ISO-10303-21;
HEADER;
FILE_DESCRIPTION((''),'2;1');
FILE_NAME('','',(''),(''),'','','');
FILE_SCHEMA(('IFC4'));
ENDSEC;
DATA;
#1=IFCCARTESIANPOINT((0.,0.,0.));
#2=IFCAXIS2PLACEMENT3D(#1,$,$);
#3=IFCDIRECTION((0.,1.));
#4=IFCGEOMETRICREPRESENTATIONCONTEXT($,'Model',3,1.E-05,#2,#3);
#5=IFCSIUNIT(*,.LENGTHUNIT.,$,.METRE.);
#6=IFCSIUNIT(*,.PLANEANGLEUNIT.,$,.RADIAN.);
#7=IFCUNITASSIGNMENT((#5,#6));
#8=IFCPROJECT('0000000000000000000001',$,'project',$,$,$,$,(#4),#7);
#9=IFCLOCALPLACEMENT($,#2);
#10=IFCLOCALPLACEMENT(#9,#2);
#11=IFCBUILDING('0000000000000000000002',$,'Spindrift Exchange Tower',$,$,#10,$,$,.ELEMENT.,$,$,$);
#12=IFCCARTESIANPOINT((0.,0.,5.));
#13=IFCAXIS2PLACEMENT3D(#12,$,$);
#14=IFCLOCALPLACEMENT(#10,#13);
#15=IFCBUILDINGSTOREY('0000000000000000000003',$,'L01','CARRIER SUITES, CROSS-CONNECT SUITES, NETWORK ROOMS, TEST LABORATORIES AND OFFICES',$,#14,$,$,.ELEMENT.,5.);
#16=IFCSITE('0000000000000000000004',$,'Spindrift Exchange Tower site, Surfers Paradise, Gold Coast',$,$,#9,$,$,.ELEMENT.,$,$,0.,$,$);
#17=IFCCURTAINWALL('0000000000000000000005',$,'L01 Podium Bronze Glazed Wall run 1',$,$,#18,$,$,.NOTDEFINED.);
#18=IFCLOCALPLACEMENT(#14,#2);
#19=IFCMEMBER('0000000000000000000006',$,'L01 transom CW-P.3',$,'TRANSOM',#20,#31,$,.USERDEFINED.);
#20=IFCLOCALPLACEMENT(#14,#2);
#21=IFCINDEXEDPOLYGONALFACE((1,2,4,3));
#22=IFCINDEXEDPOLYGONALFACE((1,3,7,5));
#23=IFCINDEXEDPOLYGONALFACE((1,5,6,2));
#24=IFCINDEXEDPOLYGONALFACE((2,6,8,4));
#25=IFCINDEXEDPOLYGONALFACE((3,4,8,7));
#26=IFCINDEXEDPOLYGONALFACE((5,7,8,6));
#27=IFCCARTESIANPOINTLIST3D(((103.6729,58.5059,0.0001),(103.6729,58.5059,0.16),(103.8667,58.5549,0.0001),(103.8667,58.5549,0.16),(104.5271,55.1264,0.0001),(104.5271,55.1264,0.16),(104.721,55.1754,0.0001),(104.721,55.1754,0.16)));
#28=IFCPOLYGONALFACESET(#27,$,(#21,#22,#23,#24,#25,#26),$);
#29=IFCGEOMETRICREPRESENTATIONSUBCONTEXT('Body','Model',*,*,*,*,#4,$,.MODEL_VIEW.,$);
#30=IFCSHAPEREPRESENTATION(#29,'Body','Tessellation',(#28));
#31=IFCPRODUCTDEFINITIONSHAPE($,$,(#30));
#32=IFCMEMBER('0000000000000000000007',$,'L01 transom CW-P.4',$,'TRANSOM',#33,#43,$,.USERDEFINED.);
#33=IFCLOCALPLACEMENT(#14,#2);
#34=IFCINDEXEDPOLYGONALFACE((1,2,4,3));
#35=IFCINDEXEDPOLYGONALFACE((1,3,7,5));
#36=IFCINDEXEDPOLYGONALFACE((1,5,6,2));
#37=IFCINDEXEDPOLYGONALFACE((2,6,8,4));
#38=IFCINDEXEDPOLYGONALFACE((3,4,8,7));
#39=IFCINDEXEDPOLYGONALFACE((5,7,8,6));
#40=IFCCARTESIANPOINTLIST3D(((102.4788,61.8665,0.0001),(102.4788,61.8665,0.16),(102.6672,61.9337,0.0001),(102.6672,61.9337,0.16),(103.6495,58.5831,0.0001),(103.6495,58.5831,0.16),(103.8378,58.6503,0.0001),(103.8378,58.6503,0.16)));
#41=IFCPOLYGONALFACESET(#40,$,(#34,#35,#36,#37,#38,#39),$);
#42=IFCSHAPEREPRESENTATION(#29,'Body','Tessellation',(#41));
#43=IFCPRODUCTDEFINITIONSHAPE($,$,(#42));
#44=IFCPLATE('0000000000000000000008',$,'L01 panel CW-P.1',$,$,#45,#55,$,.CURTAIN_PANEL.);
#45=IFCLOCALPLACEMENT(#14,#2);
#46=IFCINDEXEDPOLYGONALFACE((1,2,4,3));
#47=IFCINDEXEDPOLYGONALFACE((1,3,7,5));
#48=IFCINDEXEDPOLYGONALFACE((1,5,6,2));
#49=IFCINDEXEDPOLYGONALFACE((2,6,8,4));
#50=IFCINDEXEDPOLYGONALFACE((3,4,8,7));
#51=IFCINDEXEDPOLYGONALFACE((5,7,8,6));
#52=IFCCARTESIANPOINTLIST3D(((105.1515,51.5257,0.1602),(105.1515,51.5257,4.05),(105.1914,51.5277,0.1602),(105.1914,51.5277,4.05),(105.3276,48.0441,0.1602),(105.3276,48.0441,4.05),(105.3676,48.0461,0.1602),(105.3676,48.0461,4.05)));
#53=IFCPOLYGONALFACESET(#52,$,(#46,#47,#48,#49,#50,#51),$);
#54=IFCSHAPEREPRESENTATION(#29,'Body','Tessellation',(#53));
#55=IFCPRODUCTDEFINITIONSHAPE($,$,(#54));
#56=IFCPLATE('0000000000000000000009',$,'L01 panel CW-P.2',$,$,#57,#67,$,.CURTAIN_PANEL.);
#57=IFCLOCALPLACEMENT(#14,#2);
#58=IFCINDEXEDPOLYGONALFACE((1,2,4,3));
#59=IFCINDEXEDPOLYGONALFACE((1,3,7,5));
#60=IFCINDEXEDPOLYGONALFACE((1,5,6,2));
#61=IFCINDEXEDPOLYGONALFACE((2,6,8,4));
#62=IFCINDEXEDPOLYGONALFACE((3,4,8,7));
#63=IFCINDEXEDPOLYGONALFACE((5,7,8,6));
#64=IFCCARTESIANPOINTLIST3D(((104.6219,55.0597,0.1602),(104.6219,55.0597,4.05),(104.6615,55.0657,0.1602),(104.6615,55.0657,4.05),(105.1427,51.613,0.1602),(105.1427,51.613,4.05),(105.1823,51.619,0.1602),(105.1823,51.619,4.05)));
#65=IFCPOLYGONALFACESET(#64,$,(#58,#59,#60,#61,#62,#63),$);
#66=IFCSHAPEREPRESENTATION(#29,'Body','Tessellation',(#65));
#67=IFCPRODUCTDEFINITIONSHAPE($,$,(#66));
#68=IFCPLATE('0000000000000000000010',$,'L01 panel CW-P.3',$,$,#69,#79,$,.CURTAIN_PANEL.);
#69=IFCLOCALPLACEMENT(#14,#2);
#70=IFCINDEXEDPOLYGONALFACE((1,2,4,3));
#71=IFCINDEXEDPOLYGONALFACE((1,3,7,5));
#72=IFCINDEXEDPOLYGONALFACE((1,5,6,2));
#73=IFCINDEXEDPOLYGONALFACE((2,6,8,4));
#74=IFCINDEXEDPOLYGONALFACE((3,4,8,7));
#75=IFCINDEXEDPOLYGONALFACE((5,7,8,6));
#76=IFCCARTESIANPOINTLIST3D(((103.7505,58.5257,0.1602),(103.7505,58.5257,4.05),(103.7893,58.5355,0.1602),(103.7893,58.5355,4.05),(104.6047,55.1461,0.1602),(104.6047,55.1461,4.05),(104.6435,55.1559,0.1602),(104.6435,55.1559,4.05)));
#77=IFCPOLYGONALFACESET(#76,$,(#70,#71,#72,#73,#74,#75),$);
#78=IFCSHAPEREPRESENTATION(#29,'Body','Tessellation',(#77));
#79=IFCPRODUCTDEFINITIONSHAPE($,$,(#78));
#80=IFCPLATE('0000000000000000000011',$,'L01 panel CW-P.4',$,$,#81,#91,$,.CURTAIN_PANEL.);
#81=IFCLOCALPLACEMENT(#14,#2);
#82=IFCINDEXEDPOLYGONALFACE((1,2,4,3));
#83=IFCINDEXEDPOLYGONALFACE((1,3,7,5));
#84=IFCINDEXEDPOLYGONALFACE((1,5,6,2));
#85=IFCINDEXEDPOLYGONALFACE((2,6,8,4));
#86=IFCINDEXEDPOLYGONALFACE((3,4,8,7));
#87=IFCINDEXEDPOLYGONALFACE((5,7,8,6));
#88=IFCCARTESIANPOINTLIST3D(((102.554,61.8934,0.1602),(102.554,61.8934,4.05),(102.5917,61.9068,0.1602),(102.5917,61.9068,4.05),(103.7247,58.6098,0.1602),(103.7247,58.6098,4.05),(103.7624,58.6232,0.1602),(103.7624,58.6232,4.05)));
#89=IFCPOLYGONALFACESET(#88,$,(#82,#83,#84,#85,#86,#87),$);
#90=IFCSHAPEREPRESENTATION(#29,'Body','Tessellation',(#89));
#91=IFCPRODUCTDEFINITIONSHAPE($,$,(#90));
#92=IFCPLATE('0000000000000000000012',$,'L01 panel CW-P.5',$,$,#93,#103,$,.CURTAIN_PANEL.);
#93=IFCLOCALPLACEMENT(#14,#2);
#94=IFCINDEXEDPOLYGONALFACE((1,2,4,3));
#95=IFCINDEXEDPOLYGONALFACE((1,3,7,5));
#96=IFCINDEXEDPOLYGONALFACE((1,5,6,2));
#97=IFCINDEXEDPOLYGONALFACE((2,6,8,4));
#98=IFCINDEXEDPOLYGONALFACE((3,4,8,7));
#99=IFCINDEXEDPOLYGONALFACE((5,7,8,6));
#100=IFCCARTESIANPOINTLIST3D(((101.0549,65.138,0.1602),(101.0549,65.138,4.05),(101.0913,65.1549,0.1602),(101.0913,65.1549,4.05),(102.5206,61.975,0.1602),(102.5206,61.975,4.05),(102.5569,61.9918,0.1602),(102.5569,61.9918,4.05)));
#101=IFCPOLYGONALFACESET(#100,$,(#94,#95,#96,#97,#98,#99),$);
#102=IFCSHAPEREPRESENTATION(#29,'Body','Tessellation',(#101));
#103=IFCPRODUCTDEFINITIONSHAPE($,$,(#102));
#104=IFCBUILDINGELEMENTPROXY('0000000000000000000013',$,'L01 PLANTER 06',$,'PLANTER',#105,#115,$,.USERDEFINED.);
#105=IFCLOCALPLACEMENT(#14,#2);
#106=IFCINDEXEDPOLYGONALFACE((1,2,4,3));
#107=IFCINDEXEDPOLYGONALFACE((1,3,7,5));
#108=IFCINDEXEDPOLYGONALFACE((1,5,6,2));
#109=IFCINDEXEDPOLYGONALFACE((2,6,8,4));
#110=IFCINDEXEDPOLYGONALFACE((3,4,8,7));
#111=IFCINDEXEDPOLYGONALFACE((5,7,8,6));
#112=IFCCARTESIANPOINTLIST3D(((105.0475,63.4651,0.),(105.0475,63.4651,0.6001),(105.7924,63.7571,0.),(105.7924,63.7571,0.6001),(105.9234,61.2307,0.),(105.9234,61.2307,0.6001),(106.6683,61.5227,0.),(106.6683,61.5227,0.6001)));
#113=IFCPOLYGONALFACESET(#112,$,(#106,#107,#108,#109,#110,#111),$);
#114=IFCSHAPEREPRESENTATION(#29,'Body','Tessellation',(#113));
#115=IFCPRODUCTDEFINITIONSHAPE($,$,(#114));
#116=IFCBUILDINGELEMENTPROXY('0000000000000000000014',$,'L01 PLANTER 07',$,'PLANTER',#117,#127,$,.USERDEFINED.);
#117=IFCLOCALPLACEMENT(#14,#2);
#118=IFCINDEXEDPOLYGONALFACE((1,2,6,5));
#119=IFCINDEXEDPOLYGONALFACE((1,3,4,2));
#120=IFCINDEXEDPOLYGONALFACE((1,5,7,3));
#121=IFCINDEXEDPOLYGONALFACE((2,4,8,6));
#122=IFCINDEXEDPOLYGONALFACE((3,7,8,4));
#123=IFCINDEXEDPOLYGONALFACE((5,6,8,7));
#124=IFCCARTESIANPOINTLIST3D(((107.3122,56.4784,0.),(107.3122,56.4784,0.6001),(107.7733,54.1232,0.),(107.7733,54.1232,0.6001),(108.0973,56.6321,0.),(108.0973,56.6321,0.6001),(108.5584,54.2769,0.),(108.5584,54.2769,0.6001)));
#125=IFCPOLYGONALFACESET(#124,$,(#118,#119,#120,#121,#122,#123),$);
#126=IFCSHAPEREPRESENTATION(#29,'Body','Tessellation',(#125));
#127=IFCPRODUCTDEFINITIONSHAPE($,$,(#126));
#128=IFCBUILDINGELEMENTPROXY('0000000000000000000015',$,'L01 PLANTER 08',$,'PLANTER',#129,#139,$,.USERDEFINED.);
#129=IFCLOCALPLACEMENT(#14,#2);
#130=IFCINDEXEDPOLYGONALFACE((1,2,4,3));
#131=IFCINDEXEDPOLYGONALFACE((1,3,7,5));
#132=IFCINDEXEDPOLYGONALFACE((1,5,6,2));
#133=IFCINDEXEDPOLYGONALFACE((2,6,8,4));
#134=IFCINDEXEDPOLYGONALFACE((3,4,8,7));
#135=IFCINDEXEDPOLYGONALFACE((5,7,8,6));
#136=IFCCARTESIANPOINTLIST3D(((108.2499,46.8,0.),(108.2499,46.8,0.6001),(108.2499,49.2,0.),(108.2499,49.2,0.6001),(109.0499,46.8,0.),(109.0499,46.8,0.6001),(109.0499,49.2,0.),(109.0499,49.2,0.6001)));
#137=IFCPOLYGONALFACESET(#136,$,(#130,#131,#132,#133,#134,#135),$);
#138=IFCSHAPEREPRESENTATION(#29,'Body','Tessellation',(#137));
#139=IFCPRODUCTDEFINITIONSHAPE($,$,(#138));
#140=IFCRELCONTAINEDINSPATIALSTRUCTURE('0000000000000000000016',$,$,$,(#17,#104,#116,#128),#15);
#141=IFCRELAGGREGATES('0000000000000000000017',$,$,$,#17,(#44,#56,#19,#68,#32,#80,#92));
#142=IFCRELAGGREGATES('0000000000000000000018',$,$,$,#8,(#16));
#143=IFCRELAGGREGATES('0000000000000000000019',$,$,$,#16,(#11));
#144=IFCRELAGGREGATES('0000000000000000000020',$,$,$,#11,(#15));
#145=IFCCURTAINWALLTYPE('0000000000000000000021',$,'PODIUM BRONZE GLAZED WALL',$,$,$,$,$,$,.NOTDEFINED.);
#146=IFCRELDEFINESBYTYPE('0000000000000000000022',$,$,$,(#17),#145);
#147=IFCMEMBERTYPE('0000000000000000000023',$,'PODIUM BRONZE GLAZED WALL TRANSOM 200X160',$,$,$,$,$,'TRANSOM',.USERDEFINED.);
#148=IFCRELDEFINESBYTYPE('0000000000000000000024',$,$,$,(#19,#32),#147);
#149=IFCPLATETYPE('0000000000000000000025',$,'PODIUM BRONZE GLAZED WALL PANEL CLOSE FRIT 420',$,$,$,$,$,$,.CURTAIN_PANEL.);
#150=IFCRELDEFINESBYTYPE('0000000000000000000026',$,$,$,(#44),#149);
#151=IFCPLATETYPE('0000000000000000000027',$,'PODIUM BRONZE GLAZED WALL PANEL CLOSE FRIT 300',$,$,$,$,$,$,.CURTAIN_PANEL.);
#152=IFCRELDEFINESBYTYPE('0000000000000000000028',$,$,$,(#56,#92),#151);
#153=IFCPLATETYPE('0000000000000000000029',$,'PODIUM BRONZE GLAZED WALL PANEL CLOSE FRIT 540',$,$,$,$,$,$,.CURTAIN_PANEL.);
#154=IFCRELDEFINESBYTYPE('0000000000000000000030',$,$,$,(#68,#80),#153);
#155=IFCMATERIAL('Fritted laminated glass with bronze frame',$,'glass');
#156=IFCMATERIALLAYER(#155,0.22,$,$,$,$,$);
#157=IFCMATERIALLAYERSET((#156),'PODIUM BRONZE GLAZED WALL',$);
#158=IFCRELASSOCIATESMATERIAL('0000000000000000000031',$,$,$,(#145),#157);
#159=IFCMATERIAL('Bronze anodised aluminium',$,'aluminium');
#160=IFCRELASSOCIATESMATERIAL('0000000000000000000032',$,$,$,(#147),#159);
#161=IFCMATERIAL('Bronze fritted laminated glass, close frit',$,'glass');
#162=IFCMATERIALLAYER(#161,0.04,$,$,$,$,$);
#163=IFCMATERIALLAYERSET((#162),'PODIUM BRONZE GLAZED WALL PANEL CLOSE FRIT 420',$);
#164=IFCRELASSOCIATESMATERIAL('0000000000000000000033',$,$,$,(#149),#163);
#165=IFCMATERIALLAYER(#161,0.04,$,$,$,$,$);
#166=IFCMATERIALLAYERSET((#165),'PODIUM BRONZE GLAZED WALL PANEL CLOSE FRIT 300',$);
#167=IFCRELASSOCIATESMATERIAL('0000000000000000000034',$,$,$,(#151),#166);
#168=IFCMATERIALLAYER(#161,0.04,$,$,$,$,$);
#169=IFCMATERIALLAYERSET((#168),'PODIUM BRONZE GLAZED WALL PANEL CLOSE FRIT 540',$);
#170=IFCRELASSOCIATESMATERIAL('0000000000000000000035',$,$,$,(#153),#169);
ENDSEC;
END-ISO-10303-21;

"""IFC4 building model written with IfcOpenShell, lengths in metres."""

from ifc_helpers import new_model, si_unit, direction, frame, origin, origin_2d, place, context, subcontext, project, spatial, rectangle, extrude, source, transform, mapped, material, layer, layer_set, material_profile, profile_set, type_object, element, aggregate, save


model = new_model("IFC4")

# Units and contexts
model_context = context("Model", 3, precision=1e-05, world=origin(), true_north=direction((0.0, 1.0)))
body_context = subcontext(model_context, "Body", "Model", "MODEL_VIEW")
ifc_project = project(units=[si_unit("LENGTHUNIT", "METRE"), si_unit("PLANEANGLEUNIT", "RADIAN")], contexts=[model_context])

# Site, building, storey
site_placement = place(None, origin())
site = spatial("IfcSite", under=ifc_project, at=site_placement, Name="Spindrift Exchange Tower site, Surfers Paradise, Gold Coast", CompositionType="ELEMENT", RefElevation=0.0)
building_placement = place(site_placement, origin())
building = spatial("IfcBuilding", under=site, at=building_placement, Name="Spindrift Exchange Tower", CompositionType="ELEMENT")
storey_placement = place(building_placement, frame((0.0, 0.0, 5.0)))
storey = spatial("IfcBuildingStorey", under=building, at=storey_placement, Name="L01", Description="CARRIER SUITES, CROSS-CONNECT SUITES, NETWORK ROOMS, TEST LABORATORIES AND OFFICES", CompositionType="ELEMENT", Elevation=5.0)

# Curtain wall, members, plates
ifc_material_1 = material(Name="Fritted laminated glass with bronze frame", Category="glass")
ifc_layer_1 = layer(ifc_material_1, 0.22)
ifc_layer_set_1 = layer_set([ifc_layer_1], Name="PODIUM BRONZE GLAZED WALL")
curtain_wall_type = type_object("IfcCurtainWallType", Name="PODIUM BRONZE GLAZED WALL", PredefinedType="NOTDEFINED", material=ifc_layer_set_1)
curtain_wall_placement = place(storey_placement, origin())
curtain_wall = element("IfcCurtainWall", 1, at=curtain_wall_placement, inside=storey, type_object=curtain_wall_type, Name="L01 Podium Bronze Glazed Wall run 1", PredefinedType="NOTDEFINED")
ifc_material_2 = material(Name="Bronze anodised aluminium", Category="aluminium")
ifc_material_profile_1 = material_profile(ifc_material_2, rectangle(XDim=0.2, YDim=0.1599, at=origin_2d()), Name="PODIUM BRONZE GLAZED WALL TRANSOM 200X160")
ifc_profile_set_1 = profile_set([ifc_material_profile_1], Name="Bronze anodised aluminium")
member_type_1 = type_object("IfcMemberType", Name="PODIUM BRONZE GLAZED WALL TRANSOM 200X160", ElementType="TRANSOM", PredefinedType="USERDEFINED", material=ifc_profile_set_1)
shared_shape_1 = source(origin(), body_context, "Body", "SweptSolid", [
    extrude(rectangle(XDim=0.2, YDim=0.1599, at=origin_2d()), origin(), (0.0, 0.0, 1.0), 3.4858),
])
member_1_placement = place(storey_placement, frame((104.624, 55.1509, 0.0801), z_axis=(-0.245056, 0.969509, 0.0), x_axis=(-0.969509, -0.245056, 0.0)))
member_1 = element("IfcMember", 2, at=member_1_placement, type_object=member_type_1, Name="L01 transom CW-P.3", ObjectType="TRANSOM", PredefinedType="USERDEFINED", context=body_context, shape_type="MappedRepresentation", body=[
    mapped(shared_shape_1, transform((0.0, 0.0, 0.0), scale=1.0)),
])
member_2_placement = place(storey_placement, frame((103.7437, 58.6167, 0.0801), z_axis=(-0.335826, 0.941924, 0.0), x_axis=(-0.941924, -0.335826, 0.0)))
member_2 = element("IfcMember", 3, at=member_2_placement, type_object=member_type_1, Name="L01 transom CW-P.4", ObjectType="TRANSOM", PredefinedType="USERDEFINED", context=body_context, shape_type="MappedRepresentation", body=[
    mapped(shared_shape_1, transform((0.0, 0.0, 0.0), scale=1.0)),
])
ifc_material_3 = material(Name="Bronze fritted laminated glass, close frit", Category="glass")
ifc_layer_2 = layer(ifc_material_3, 0.04)
ifc_layer_set_2 = layer_set([ifc_layer_2], Name="PODIUM BRONZE GLAZED WALL PANEL CLOSE FRIT 420")
plate_type_1 = type_object("IfcPlateType", Name="PODIUM BRONZE GLAZED WALL PANEL CLOSE FRIT 420", PredefinedType="CURTAIN_PANEL", material=ifc_layer_set_2)
shared_shape_2 = source(origin(), body_context, "Body", "SweptSolid", [
    extrude(rectangle(XDim=3.4861, YDim=0.04, at=origin_2d()), origin(), (0.0, 0.0, 1.0), 3.8899),
])
plate_1_placement = place(storey_placement, frame((105.2595, 49.7859, 0.1602), z_axis=(0.0, 0.0, 1.0), x_axis=(-0.05053, 0.998723, 0.0)))
plate_1 = element("IfcPlate", 4, at=plate_1_placement, type_object=plate_type_1, Name="L01 panel CW-P.1", PredefinedType="CURTAIN_PANEL", context=body_context, shape_type="MappedRepresentation", body=[
    mapped(shared_shape_2, transform((0.0, 0.0, 0.0), scale=1.0)),
])
ifc_layer_3 = layer(ifc_material_3, 0.04)
ifc_layer_set_3 = layer_set([ifc_layer_3], Name="PODIUM BRONZE GLAZED WALL PANEL CLOSE FRIT 300")
plate_type_2 = type_object("IfcPlateType", Name="PODIUM BRONZE GLAZED WALL PANEL CLOSE FRIT 300", PredefinedType="CURTAIN_PANEL", material=ifc_layer_set_3)
shared_shape_3 = source(origin(), body_context, "Body", "SweptSolid", [
    extrude(rectangle(XDim=3.4858, YDim=0.04, at=origin_2d()), origin(), (0.0, 0.0, 1.0), 3.8899),
])
plate_2_placement = place(storey_placement, frame((104.9021, 53.3394, 0.1602), z_axis=(0.0, 0.0, 1.0), x_axis=(-0.149415, 0.988775, 0.0)))
plate_2 = element("IfcPlate", 5, at=plate_2_placement, type_object=plate_type_2, Name="L01 panel CW-P.2", PredefinedType="CURTAIN_PANEL", context=body_context, shape_type="MappedRepresentation", body=[
    mapped(shared_shape_3, transform((0.0, 0.0, 0.0), scale=1.0)),
])
ifc_layer_4 = layer(ifc_material_3, 0.04)
ifc_layer_set_4 = layer_set([ifc_layer_4], Name="PODIUM BRONZE GLAZED WALL PANEL CLOSE FRIT 540")
plate_type_3 = type_object("IfcPlateType", Name="PODIUM BRONZE GLAZED WALL PANEL CLOSE FRIT 540", PredefinedType="CURTAIN_PANEL", material=ifc_layer_set_4)
shared_shape_4 = source(origin(), body_context, "Body", "SweptSolid", [
    extrude(rectangle(XDim=3.4858, YDim=0.04, at=origin_2d()), origin(), (0.0, 0.0, 1.0), 3.8899),
])
plate_3_placement = place(storey_placement, frame((104.197, 56.8408, 0.1602), z_axis=(0.0, 0.0, 1.0), x_axis=(-0.245055, 0.969509, 0.0)))
plate_3 = element("IfcPlate", 6, at=plate_3_placement, type_object=plate_type_3, Name="L01 panel CW-P.3", PredefinedType="CURTAIN_PANEL", context=body_context, shape_type="MappedRepresentation", body=[
    mapped(shared_shape_4, transform((0.0, 0.0, 0.0), scale=1.0)),
])
shared_shape_5 = source(origin(), body_context, "Body", "SweptSolid", [
    extrude(rectangle(XDim=3.4861, YDim=0.04, at=origin_2d()), origin(), (0.0, 0.0, 1.0), 3.8899),
])
plate_4_placement = place(storey_placement, frame((103.1582, 60.2583, 0.1602), z_axis=(0.0, 0.0, 1.0), x_axis=(-0.335815, 0.941928, 0.0)))
plate_4 = element("IfcPlate", 7, at=plate_4_placement, type_object=plate_type_3, Name="L01 panel CW-P.4", PredefinedType="CURTAIN_PANEL", context=body_context, shape_type="MappedRepresentation", body=[
    mapped(shared_shape_5, transform((0.0, 0.0, 0.0), scale=1.0)),
])
shared_shape_6 = source(origin(), body_context, "Body", "SweptSolid", [
    extrude(rectangle(XDim=3.4861, YDim=0.04, at=origin_2d()), origin(), (0.0, 0.0, 1.0), 3.8899),
])
plate_5_placement = place(storey_placement, frame((101.8059, 63.5649, 0.1602), z_axis=(0.0, 0.0, 1.0), x_axis=(-0.420418, 0.90733, 0.0)))
plate_5 = element("IfcPlate", 8, at=plate_5_placement, type_object=plate_type_2, Name="L01 panel CW-P.5", PredefinedType="CURTAIN_PANEL", context=body_context, shape_type="MappedRepresentation", body=[
    mapped(shared_shape_6, transform((0.0, 0.0, 0.0), scale=1.0)),
])
aggregate(curtain_wall, [plate_1, plate_2, member_1, plate_3, member_2, plate_4, plate_5])

# Building element proxies
shared_shape_7 = source(origin(), body_context, "Body", "SweptSolid", [
    extrude(rectangle(XDim=2.3999, YDim=0.8, at=origin_2d()), origin(), (0.0, 0.0, 1.0), 0.6001),
])
for number, where, z_axis, x_axis, name in (
    (9, (105.8579, 62.4939, 0.0), (0.0, 0.0, 1.0), (0.364987, -0.931013, 0.0), "L01 PLANTER 06"),
    (10, (107.9353, 55.3777, 0.0), (0.0, 0.0, 1.0), (0.192118, -0.981372, 0.0), "L01 PLANTER 07"),
    (11, (108.6499, 48.0, 0.0), (0.0, 0.0, 1.0), (0.0, -1.0, 0.0), "L01 PLANTER 08"),
):
    element("IfcBuildingElementProxy", number, at=place(storey_placement, frame(where, z_axis=z_axis, x_axis=x_axis)), inside=storey, Name=name, ObjectType="PLANTER", PredefinedType="USERDEFINED", context=body_context, shape_type="MappedRepresentation", body=[
        mapped(shared_shape_7, transform((0.0, 0.0, 0.0), scale=1.0)),
    ])

save(model, "model.ifc")
